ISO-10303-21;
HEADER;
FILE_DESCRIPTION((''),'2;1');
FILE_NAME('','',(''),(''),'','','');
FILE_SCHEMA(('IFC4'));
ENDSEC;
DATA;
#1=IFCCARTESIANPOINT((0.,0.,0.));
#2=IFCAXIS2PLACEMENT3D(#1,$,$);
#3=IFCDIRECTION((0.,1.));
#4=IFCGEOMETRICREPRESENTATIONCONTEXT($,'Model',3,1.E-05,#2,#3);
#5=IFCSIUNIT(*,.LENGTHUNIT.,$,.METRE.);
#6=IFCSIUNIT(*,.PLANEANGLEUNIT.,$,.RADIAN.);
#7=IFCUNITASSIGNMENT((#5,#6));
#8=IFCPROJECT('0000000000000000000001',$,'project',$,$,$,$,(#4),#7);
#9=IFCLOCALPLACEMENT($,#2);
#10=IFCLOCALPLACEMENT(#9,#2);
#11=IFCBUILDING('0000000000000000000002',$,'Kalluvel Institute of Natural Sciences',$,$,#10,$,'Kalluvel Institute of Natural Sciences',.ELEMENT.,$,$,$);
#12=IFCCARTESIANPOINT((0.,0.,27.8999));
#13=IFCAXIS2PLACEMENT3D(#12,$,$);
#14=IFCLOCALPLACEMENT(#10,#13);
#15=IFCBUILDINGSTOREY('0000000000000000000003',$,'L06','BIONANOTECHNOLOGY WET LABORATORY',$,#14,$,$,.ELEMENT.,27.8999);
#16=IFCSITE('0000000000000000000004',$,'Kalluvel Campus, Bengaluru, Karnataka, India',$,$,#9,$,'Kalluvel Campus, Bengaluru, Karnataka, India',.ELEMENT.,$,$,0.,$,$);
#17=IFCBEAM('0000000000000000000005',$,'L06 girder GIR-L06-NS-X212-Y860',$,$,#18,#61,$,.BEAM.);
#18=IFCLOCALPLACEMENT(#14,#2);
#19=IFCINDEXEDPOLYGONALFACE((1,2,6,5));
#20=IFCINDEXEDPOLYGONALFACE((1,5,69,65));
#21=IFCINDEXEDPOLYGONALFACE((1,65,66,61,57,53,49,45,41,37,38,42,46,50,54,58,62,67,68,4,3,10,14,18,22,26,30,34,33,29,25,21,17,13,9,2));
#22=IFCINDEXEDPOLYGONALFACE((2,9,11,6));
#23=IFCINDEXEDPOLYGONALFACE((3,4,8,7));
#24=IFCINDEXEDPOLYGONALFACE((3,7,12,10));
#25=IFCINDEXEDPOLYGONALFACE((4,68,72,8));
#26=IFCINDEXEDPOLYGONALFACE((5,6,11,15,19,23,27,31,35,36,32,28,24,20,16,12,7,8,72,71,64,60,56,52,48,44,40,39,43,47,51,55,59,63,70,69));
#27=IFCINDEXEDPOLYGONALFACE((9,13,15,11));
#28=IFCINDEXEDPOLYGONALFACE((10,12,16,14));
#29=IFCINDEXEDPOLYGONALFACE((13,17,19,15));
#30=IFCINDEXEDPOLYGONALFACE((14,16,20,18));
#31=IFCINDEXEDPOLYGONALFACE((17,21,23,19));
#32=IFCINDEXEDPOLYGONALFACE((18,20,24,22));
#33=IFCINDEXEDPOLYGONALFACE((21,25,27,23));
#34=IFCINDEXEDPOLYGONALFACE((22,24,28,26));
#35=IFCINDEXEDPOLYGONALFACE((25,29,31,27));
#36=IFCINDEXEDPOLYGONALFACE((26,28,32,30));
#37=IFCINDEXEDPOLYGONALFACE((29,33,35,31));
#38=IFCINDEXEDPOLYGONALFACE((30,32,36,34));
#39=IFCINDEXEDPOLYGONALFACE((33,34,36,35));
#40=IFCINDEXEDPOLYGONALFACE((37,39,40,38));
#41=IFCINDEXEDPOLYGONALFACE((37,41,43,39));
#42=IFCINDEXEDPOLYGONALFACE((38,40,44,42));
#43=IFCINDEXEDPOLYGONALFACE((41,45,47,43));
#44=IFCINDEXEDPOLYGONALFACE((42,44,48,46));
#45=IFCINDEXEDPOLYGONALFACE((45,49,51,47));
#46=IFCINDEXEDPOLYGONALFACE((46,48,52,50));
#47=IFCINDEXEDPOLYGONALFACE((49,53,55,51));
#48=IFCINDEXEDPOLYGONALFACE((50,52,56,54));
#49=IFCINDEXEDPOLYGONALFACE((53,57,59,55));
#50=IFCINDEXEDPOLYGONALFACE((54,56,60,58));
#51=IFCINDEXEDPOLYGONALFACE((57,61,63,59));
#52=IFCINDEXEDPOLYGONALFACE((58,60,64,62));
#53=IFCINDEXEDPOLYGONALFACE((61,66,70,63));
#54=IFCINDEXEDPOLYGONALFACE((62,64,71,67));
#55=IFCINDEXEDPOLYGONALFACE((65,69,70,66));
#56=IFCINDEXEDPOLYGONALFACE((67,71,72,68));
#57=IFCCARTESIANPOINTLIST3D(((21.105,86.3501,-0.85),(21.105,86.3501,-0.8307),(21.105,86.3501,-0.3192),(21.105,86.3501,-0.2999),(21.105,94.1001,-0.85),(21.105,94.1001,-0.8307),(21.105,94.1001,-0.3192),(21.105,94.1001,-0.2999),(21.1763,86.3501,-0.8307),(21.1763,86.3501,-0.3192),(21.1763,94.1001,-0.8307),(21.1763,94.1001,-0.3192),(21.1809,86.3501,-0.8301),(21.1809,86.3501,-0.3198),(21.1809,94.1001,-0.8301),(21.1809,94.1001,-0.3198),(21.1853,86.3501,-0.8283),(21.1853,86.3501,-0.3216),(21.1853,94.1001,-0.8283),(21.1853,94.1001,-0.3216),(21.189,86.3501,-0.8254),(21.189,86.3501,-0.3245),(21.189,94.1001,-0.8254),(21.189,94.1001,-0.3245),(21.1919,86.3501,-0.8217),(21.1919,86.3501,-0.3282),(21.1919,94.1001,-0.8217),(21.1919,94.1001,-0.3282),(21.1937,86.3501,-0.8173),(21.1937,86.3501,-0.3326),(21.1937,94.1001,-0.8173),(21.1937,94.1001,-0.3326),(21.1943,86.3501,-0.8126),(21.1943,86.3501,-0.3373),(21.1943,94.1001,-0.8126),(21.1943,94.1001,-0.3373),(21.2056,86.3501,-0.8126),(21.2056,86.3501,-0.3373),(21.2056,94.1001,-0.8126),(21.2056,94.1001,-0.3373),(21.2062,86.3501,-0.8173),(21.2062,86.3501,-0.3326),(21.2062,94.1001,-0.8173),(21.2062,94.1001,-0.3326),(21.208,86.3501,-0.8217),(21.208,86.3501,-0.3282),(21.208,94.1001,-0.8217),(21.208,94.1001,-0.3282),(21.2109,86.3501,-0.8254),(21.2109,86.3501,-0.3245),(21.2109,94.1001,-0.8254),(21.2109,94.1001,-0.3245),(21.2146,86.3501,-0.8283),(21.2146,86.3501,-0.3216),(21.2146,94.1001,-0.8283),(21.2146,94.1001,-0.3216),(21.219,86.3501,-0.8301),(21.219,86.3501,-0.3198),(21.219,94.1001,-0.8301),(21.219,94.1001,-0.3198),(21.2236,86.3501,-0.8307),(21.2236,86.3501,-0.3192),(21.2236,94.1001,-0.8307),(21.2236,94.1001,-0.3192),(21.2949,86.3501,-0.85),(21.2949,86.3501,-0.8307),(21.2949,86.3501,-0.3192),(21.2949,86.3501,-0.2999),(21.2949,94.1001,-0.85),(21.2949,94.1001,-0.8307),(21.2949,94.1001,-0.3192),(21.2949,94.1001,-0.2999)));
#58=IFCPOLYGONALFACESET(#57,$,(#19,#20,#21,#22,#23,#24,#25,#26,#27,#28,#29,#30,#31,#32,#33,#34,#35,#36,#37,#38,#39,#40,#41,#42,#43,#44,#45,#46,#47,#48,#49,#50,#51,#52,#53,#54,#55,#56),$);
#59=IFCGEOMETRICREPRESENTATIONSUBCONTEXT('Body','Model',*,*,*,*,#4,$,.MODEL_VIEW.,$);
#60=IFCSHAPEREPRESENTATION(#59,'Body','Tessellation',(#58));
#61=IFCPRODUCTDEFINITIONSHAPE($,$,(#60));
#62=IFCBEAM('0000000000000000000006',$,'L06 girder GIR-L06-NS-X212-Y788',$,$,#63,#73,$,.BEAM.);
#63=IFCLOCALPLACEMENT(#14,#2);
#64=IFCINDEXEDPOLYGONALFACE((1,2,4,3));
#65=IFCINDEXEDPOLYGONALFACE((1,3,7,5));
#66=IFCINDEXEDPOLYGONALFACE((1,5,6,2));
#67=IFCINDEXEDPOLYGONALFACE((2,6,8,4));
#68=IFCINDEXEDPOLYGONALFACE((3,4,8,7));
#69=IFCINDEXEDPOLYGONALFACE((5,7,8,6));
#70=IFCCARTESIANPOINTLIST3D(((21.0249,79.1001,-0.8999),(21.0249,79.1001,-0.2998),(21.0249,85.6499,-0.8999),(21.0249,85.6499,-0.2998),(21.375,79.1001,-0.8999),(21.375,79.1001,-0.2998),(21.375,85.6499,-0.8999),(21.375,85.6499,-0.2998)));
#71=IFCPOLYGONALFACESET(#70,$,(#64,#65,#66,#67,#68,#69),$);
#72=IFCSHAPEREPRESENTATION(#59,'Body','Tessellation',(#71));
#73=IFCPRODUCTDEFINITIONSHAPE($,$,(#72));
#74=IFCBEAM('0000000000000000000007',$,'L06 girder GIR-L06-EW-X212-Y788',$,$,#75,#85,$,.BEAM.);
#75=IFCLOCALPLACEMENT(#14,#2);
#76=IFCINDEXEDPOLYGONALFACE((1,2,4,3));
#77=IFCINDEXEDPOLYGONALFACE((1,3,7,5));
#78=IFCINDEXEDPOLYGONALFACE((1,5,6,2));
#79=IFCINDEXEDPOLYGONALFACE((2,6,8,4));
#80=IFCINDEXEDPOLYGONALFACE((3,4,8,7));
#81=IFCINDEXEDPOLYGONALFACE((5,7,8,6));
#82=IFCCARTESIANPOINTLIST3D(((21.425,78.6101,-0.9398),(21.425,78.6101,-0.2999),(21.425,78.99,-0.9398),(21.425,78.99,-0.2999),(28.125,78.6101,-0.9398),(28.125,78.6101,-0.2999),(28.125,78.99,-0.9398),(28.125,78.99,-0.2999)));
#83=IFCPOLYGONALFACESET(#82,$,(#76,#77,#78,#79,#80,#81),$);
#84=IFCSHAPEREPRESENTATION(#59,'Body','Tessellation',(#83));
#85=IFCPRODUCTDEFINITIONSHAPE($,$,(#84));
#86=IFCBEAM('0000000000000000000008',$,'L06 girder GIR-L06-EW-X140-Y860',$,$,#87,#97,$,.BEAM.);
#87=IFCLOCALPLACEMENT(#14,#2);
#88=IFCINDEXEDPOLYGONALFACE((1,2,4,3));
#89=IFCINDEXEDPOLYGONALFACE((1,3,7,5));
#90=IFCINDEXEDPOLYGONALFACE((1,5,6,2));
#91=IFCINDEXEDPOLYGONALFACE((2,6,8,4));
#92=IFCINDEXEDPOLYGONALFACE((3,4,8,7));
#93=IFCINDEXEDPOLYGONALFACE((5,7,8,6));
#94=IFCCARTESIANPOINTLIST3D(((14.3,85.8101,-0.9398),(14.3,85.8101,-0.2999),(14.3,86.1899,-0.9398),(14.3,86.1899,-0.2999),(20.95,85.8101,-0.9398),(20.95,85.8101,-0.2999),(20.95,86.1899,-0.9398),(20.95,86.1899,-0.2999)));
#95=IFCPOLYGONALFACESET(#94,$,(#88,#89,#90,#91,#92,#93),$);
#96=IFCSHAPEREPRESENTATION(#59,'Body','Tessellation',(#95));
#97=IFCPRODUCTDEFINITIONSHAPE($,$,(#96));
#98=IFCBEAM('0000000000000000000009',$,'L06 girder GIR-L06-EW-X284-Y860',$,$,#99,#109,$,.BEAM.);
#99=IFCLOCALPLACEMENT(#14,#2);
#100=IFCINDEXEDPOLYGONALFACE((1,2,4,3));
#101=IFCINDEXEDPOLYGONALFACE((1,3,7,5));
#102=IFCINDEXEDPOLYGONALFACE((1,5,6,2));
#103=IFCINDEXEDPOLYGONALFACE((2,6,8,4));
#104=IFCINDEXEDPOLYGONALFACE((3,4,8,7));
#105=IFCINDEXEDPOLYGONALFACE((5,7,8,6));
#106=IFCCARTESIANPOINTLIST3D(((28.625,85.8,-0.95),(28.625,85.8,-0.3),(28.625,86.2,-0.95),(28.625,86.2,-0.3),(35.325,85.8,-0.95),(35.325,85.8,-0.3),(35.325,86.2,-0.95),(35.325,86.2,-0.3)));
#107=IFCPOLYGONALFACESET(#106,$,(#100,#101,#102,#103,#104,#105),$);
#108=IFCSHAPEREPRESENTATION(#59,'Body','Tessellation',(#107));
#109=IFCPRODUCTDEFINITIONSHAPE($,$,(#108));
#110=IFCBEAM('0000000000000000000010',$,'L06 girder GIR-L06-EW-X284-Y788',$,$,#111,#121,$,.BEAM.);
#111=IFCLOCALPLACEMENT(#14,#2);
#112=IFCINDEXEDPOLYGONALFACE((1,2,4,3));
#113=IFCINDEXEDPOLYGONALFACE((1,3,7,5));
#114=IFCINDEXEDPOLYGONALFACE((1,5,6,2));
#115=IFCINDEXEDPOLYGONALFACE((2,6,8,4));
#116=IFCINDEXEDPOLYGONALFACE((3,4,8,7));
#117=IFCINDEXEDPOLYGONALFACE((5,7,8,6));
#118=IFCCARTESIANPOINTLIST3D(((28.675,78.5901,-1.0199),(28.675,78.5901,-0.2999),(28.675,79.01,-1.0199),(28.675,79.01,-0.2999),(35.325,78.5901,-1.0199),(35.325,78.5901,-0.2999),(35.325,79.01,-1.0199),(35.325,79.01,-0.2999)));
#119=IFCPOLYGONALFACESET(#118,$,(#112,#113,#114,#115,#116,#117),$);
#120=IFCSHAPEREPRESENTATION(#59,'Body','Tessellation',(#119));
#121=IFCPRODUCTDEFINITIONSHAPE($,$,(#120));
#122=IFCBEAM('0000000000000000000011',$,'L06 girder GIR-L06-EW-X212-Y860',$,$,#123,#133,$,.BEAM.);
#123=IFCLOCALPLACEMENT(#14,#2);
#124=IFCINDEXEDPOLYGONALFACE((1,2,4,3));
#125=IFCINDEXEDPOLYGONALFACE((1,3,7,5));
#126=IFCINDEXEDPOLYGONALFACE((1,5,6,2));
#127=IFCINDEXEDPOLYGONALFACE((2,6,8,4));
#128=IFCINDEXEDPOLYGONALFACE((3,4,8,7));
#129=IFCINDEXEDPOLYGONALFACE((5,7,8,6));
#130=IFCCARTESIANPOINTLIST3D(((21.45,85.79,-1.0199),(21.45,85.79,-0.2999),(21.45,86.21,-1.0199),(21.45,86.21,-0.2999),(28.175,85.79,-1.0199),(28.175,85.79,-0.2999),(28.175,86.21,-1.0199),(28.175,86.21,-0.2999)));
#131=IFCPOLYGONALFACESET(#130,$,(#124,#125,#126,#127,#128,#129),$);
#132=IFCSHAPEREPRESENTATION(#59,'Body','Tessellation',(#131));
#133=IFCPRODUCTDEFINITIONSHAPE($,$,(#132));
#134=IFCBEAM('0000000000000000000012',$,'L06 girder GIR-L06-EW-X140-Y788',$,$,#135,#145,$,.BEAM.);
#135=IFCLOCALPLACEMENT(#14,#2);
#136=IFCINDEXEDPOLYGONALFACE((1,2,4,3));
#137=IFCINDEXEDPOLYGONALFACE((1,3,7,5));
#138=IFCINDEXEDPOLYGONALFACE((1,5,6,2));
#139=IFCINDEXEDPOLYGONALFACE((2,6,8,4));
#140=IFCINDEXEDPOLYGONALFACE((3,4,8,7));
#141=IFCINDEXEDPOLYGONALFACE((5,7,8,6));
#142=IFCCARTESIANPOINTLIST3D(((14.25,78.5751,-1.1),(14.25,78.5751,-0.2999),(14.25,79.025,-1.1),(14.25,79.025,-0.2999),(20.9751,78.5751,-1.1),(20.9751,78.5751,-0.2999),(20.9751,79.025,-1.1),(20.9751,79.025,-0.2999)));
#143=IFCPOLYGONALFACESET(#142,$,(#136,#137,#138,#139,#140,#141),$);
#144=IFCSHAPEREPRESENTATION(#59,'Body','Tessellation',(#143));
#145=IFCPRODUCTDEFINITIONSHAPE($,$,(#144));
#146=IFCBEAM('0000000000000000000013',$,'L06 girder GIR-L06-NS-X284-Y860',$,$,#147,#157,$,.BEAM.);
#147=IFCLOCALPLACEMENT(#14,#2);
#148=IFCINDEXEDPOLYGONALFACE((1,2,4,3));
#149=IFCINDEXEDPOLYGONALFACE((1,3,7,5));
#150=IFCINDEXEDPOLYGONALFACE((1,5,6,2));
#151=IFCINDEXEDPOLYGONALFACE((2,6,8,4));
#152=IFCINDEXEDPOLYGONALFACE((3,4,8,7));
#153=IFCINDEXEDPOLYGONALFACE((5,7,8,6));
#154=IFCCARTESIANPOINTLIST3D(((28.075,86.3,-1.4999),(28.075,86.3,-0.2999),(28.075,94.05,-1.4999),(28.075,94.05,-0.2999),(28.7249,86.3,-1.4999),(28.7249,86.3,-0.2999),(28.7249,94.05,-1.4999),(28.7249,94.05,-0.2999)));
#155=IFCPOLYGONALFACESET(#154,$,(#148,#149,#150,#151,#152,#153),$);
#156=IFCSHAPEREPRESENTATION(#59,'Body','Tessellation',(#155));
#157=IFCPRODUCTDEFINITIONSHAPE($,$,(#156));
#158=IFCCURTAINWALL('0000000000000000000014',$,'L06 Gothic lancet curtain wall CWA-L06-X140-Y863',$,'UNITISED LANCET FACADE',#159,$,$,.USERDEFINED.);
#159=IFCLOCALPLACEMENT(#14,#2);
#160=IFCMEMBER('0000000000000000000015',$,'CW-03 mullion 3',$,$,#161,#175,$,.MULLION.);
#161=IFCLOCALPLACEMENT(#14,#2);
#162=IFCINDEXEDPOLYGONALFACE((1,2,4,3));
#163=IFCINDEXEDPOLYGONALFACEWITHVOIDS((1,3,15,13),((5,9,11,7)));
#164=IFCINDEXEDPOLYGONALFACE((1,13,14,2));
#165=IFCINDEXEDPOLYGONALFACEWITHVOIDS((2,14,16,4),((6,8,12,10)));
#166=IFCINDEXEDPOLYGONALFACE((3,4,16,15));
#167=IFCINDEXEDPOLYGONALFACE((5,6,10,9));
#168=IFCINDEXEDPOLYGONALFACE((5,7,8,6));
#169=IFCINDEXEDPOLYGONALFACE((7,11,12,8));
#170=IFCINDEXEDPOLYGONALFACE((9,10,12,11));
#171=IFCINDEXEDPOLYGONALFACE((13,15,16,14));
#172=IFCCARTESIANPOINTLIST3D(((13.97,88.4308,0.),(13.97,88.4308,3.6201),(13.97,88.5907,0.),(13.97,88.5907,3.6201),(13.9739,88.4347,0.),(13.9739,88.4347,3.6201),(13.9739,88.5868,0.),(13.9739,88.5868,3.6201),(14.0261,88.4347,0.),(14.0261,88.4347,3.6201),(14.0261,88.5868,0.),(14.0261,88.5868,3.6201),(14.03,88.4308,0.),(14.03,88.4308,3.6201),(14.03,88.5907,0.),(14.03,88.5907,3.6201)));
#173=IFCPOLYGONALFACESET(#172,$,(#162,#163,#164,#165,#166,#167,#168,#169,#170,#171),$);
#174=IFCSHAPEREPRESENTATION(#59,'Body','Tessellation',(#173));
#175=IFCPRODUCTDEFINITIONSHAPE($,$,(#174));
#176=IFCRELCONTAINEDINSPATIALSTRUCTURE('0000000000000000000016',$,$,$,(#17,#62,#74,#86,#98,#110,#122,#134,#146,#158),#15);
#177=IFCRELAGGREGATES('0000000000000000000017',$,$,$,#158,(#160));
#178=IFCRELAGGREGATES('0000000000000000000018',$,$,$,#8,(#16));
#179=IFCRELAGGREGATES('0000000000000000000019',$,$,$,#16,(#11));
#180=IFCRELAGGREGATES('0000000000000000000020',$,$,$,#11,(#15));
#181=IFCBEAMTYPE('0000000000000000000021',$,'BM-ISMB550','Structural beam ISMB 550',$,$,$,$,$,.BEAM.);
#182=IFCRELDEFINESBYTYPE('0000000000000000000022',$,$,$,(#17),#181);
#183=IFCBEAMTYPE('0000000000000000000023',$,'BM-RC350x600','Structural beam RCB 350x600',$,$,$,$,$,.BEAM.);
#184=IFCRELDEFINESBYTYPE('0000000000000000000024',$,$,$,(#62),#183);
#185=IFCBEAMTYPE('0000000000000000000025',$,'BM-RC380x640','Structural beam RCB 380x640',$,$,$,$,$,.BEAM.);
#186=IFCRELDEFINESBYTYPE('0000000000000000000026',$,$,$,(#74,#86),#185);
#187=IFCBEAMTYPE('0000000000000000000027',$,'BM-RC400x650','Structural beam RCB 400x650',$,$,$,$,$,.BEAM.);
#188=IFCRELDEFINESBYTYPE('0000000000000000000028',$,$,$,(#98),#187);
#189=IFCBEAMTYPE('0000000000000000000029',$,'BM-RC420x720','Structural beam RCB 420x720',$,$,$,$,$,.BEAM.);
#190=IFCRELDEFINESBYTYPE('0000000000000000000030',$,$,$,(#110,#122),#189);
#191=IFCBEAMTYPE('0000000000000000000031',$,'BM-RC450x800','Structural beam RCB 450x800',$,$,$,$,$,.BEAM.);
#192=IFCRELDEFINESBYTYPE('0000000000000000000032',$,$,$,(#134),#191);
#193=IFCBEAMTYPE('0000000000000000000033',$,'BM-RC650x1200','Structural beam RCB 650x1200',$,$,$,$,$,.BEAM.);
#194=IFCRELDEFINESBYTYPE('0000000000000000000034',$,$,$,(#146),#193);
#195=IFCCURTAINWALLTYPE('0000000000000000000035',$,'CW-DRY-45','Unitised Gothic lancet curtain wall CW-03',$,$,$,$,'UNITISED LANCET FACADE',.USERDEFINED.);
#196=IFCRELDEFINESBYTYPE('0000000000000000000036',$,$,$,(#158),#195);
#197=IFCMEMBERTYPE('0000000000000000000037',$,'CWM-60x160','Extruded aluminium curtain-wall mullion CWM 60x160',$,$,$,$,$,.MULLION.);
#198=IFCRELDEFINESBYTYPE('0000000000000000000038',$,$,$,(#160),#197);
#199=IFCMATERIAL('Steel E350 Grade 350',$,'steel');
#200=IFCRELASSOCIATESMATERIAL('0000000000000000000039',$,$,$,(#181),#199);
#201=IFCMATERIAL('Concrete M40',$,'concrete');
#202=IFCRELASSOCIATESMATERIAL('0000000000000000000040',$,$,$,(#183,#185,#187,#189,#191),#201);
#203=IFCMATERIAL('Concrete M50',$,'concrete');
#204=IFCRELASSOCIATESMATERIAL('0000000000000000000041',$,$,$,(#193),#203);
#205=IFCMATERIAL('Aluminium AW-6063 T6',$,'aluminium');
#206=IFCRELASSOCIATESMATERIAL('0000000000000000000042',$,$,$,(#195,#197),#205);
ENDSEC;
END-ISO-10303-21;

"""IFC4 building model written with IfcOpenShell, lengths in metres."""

from ifc_helpers import new_model, si_unit, direction, frame, origin, origin_2d, place, context, subcontext, project, spatial, rectangle, hollow_rectangle, i_section, extrude, material, material_profile, profile_set, type_object, element, aggregate, save


model = new_model("IFC4")

# Units and contexts
model_context = context("Model", 3, precision=1e-05, world=origin(), true_north=direction((0.0, 1.0)))
body_context = subcontext(model_context, "Body", "Model", "MODEL_VIEW")
ifc_project = project(units=[si_unit("LENGTHUNIT", "METRE"), si_unit("PLANEANGLEUNIT", "RADIAN")], contexts=[model_context])

# Site, building, storey
site_placement = place(None, origin())
site = spatial("IfcSite", under=ifc_project, at=site_placement, Name="Kalluvel Campus, Bengaluru, Karnataka, India", LongName="Kalluvel Campus, Bengaluru, Karnataka, India", CompositionType="ELEMENT", RefElevation=0.0)
building_placement = place(site_placement, origin())
building = spatial("IfcBuilding", under=site, at=building_placement, Name="Kalluvel Institute of Natural Sciences", LongName="Kalluvel Institute of Natural Sciences", CompositionType="ELEMENT")
storey_placement = place(building_placement, frame((0.0, 0.0, 27.8999)))
storey = spatial("IfcBuildingStorey", under=building, at=storey_placement, Name="L06", Description="BIONANOTECHNOLOGY WET LABORATORY", CompositionType="ELEMENT", Elevation=27.8999)

# Shared definitions
ifc_material_1 = material(Name="Steel E350 Grade 350", Category="steel")
ifc_material_2 = material(Name="Concrete M40", Category="concrete")

# Beams
ifc_material_profile_1 = material_profile(ifc_material_1, i_section(OverallWidth=0.1899, OverallDepth=0.55, WebThickness=0.0112, FlangeThickness=0.0193, FilletRadius=0.0181, at=origin_2d()), Name="ISMB 550")
ifc_profile_set_1 = profile_set([ifc_material_profile_1], Name="Steel E350 Grade 350")
beam_type_1 = type_object("IfcBeamType", Name="BM-ISMB550", Description="Structural beam ISMB 550", PredefinedType="BEAM", material=ifc_profile_set_1)
beam_1_placement = place(storey_placement, frame((21.2, 86.3501, -0.575), z_axis=(0.0, 1.0, 0.0), x_axis=(-1.0, 0.0, 0.0)))
element("IfcBeam", 1, at=beam_1_placement, inside=storey, type_object=beam_type_1, Name="L06 girder GIR-L06-NS-X212-Y860", PredefinedType="BEAM", context=body_context, shape_type="SweptSolid", body=[
    extrude(i_section(OverallWidth=0.1899, OverallDepth=0.55, WebThickness=0.0112, FlangeThickness=0.0193, FilletRadius=0.0181, at=origin_2d()), origin(), (0.0, 0.0, 1.0), 7.75),
])
ifc_material_profile_2 = material_profile(ifc_material_2, rectangle(XDim=0.3501, YDim=0.6001, at=origin_2d()), Name="RCB 350x600")
ifc_profile_set_2 = profile_set([ifc_material_profile_2], Name="Concrete M40")
beam_type_2 = type_object("IfcBeamType", Name="BM-RC350x600", Description="Structural beam RCB 350x600", PredefinedType="BEAM", material=ifc_profile_set_2)
beam_2_placement = place(storey_placement, frame((21.2, 79.1001, -0.5999), z_axis=(0.0, 1.0, 0.0), x_axis=(-1.0, 0.0, 0.0)))
element("IfcBeam", 2, at=beam_2_placement, inside=storey, type_object=beam_type_2, Name="L06 girder GIR-L06-NS-X212-Y788", PredefinedType="BEAM", context=body_context, shape_type="SweptSolid", body=[
    extrude(rectangle(XDim=0.3501, YDim=0.6001, at=origin_2d()), origin(), (0.0, 0.0, 1.0), 6.5498),
])
ifc_material_profile_3 = material_profile(ifc_material_2, rectangle(XDim=0.3799, YDim=0.6399, at=origin_2d()), Name="RCB 380x640")
ifc_profile_set_3 = profile_set([ifc_material_profile_3], Name="Concrete M40")
beam_type_3 = type_object("IfcBeamType", Name="BM-RC380x640", Description="Structural beam RCB 380x640", PredefinedType="BEAM", material=ifc_profile_set_3)
beam_3_placement = place(storey_placement, frame((21.425, 78.8, -0.6199), z_axis=(1.0, 0.0, 0.0), x_axis=(0.0, 1.0, 0.0)))
element("IfcBeam", 3, at=beam_3_placement, inside=storey, type_object=beam_type_3, Name="L06 girder GIR-L06-EW-X212-Y788", PredefinedType="BEAM", context=body_context, shape_type="SweptSolid", body=[
    extrude(rectangle(XDim=0.3799, YDim=0.6399, at=origin_2d()), origin(), (0.0, 0.0, 1.0), 6.7),
])
beam_4_placement = place(storey_placement, frame((14.3, 86.0, -0.6199), z_axis=(1.0, 0.0, 0.0), x_axis=(0.0, 1.0, 0.0)))
element("IfcBeam", 4, at=beam_4_placement, inside=storey, type_object=beam_type_3, Name="L06 girder GIR-L06-EW-X140-Y860", PredefinedType="BEAM", context=body_context, shape_type="SweptSolid", body=[
    extrude(rectangle(XDim=0.3799, YDim=0.6399, at=origin_2d()), origin(), (0.0, 0.0, 1.0), 6.6499),
])
ifc_material_profile_4 = material_profile(ifc_material_2, rectangle(XDim=0.3999, YDim=0.6499, at=origin_2d()), Name="RCB 400x650")
ifc_profile_set_4 = profile_set([ifc_material_profile_4], Name="Concrete M40")
beam_type_4 = type_object("IfcBeamType", Name="BM-RC400x650", Description="Structural beam RCB 400x650", PredefinedType="BEAM", material=ifc_profile_set_4)
beam_5_placement = place(storey_placement, frame((28.625, 86.0, -0.625), z_axis=(1.0, 0.0, 0.0), x_axis=(0.0, 1.0, 0.0)))
element("IfcBeam", 5, at=beam_5_placement, inside=storey, type_object=beam_type_4, Name="L06 girder GIR-L06-EW-X284-Y860", PredefinedType="BEAM", context=body_context, shape_type="SweptSolid", body=[
    extrude(rectangle(XDim=0.3999, YDim=0.6499, at=origin_2d()), origin(), (0.0, 0.0, 1.0), 6.7),
])
ifc_material_profile_5 = material_profile(ifc_material_2, rectangle(XDim=0.4199, YDim=0.72, at=origin_2d()), Name="RCB 420x720")
ifc_profile_set_5 = profile_set([ifc_material_profile_5], Name="Concrete M40")
beam_type_5 = type_object("IfcBeamType", Name="BM-RC420x720", Description="Structural beam RCB 420x720", PredefinedType="BEAM", material=ifc_profile_set_5)
beam_6_placement = place(storey_placement, frame((28.675, 78.8, -0.6599), z_axis=(1.0, 0.0, 0.0), x_axis=(0.0, 1.0, 0.0)))
element("IfcBeam", 6, at=beam_6_placement, inside=storey, type_object=beam_type_5, Name="L06 girder GIR-L06-EW-X284-Y788", PredefinedType="BEAM", context=body_context, shape_type="SweptSolid", body=[
    extrude(rectangle(XDim=0.4199, YDim=0.72, at=origin_2d()), origin(), (0.0, 0.0, 1.0), 6.6499),
])
beam_7_placement = place(storey_placement, frame((21.45, 86.0, -0.6599), z_axis=(1.0, 0.0, 0.0), x_axis=(0.0, 1.0, 0.0)))
element("IfcBeam", 7, at=beam_7_placement, inside=storey, type_object=beam_type_5, Name="L06 girder GIR-L06-EW-X212-Y860", PredefinedType="BEAM", context=body_context, shape_type="SweptSolid", body=[
    extrude(rectangle(XDim=0.4199, YDim=0.72, at=origin_2d()), origin(), (0.0, 0.0, 1.0), 6.7251),
])
ifc_material_profile_6 = material_profile(ifc_material_2, rectangle(XDim=0.45, YDim=0.8, at=origin_2d()), Name="RCB 450x800")
ifc_profile_set_6 = profile_set([ifc_material_profile_6], Name="Concrete M40")
beam_type_6 = type_object("IfcBeamType", Name="BM-RC450x800", Description="Structural beam RCB 450x800", PredefinedType="BEAM", material=ifc_profile_set_6)
beam_8_placement = place(storey_placement, frame((14.25, 78.8, -0.7), z_axis=(1.0, 0.0, 0.0), x_axis=(0.0, 1.0, 0.0)))
element("IfcBeam", 8, at=beam_8_placement, inside=storey, type_object=beam_type_6, Name="L06 girder GIR-L06-EW-X140-Y788", PredefinedType="BEAM", context=body_context, shape_type="SweptSolid", body=[
    extrude(rectangle(XDim=0.45, YDim=0.8, at=origin_2d()), origin(), (0.0, 0.0, 1.0), 6.7251),
])
ifc_material_3 = material(Name="Concrete M50", Category="concrete")
ifc_material_profile_7 = material_profile(ifc_material_3, rectangle(XDim=0.6499, YDim=1.2, at=origin_2d()), Name="RCB 650x1200")
ifc_profile_set_7 = profile_set([ifc_material_profile_7], Name="Concrete M50")
beam_type_7 = type_object("IfcBeamType", Name="BM-RC650x1200", Description="Structural beam RCB 650x1200", PredefinedType="BEAM", material=ifc_profile_set_7)
beam_9_placement = place(storey_placement, frame((28.3999, 86.3, -0.8999), z_axis=(0.0, 1.0, 0.0), x_axis=(-1.0, 0.0, 0.0)))
element("IfcBeam", 9, at=beam_9_placement, inside=storey, type_object=beam_type_7, Name="L06 girder GIR-L06-NS-X284-Y860", PredefinedType="BEAM", context=body_context, shape_type="SweptSolid", body=[
    extrude(rectangle(XDim=0.6499, YDim=1.2, at=origin_2d()), origin(), (0.0, 0.0, 1.0), 7.75),
])

# Curtain wall, member
ifc_material_4 = material(Name="Aluminium AW-6063 T6", Category="aluminium")
curtain_wall_type = type_object("IfcCurtainWallType", Name="CW-DRY-45", Description="Unitised Gothic lancet curtain wall CW-03", ElementType="UNITISED LANCET FACADE", PredefinedType="USERDEFINED", material=ifc_material_4)
curtain_wall_placement = place(storey_placement, origin())
curtain_wall = element("IfcCurtainWall", 10, at=curtain_wall_placement, inside=storey, type_object=curtain_wall_type, Name="L06 Gothic lancet curtain wall CWA-L06-X140-Y863", ObjectType="UNITISED LANCET FACADE", PredefinedType="USERDEFINED")
ifc_material_profile_8 = material_profile(ifc_material_4, hollow_rectangle(XDim=0.0601, YDim=0.1599, WallThickness=0.0039, at=origin_2d()), Name="CWM 60x160")
ifc_profile_set_8 = profile_set([ifc_material_profile_8], Name="Aluminium AW-6063 T6")
member_type_1 = type_object("IfcMemberType", Name="CWM-60x160", Description="Extruded aluminium curtain-wall mullion CWM 60x160", PredefinedType="MULLION", material=ifc_profile_set_8)
member_1_placement = place(storey_placement, frame((14.0, 88.5107, 0.0), z_axis=(0.0, 0.0, 1.0), x_axis=(-1.0, 0.0, 0.0)))
member_1 = element("IfcMember", 11, at=member_1_placement, type_object=member_type_1, Name="CW-03 mullion 3", PredefinedType="MULLION", context=body_context, shape_type="SweptSolid", body=[
    extrude(hollow_rectangle(XDim=0.0601, YDim=0.1599, WallThickness=0.0039, at=origin_2d()), origin(), (0.0, 0.0, 1.0), 3.6201),
])

aggregate(curtain_wall, [member_1])

save(model, "model.ifc")
